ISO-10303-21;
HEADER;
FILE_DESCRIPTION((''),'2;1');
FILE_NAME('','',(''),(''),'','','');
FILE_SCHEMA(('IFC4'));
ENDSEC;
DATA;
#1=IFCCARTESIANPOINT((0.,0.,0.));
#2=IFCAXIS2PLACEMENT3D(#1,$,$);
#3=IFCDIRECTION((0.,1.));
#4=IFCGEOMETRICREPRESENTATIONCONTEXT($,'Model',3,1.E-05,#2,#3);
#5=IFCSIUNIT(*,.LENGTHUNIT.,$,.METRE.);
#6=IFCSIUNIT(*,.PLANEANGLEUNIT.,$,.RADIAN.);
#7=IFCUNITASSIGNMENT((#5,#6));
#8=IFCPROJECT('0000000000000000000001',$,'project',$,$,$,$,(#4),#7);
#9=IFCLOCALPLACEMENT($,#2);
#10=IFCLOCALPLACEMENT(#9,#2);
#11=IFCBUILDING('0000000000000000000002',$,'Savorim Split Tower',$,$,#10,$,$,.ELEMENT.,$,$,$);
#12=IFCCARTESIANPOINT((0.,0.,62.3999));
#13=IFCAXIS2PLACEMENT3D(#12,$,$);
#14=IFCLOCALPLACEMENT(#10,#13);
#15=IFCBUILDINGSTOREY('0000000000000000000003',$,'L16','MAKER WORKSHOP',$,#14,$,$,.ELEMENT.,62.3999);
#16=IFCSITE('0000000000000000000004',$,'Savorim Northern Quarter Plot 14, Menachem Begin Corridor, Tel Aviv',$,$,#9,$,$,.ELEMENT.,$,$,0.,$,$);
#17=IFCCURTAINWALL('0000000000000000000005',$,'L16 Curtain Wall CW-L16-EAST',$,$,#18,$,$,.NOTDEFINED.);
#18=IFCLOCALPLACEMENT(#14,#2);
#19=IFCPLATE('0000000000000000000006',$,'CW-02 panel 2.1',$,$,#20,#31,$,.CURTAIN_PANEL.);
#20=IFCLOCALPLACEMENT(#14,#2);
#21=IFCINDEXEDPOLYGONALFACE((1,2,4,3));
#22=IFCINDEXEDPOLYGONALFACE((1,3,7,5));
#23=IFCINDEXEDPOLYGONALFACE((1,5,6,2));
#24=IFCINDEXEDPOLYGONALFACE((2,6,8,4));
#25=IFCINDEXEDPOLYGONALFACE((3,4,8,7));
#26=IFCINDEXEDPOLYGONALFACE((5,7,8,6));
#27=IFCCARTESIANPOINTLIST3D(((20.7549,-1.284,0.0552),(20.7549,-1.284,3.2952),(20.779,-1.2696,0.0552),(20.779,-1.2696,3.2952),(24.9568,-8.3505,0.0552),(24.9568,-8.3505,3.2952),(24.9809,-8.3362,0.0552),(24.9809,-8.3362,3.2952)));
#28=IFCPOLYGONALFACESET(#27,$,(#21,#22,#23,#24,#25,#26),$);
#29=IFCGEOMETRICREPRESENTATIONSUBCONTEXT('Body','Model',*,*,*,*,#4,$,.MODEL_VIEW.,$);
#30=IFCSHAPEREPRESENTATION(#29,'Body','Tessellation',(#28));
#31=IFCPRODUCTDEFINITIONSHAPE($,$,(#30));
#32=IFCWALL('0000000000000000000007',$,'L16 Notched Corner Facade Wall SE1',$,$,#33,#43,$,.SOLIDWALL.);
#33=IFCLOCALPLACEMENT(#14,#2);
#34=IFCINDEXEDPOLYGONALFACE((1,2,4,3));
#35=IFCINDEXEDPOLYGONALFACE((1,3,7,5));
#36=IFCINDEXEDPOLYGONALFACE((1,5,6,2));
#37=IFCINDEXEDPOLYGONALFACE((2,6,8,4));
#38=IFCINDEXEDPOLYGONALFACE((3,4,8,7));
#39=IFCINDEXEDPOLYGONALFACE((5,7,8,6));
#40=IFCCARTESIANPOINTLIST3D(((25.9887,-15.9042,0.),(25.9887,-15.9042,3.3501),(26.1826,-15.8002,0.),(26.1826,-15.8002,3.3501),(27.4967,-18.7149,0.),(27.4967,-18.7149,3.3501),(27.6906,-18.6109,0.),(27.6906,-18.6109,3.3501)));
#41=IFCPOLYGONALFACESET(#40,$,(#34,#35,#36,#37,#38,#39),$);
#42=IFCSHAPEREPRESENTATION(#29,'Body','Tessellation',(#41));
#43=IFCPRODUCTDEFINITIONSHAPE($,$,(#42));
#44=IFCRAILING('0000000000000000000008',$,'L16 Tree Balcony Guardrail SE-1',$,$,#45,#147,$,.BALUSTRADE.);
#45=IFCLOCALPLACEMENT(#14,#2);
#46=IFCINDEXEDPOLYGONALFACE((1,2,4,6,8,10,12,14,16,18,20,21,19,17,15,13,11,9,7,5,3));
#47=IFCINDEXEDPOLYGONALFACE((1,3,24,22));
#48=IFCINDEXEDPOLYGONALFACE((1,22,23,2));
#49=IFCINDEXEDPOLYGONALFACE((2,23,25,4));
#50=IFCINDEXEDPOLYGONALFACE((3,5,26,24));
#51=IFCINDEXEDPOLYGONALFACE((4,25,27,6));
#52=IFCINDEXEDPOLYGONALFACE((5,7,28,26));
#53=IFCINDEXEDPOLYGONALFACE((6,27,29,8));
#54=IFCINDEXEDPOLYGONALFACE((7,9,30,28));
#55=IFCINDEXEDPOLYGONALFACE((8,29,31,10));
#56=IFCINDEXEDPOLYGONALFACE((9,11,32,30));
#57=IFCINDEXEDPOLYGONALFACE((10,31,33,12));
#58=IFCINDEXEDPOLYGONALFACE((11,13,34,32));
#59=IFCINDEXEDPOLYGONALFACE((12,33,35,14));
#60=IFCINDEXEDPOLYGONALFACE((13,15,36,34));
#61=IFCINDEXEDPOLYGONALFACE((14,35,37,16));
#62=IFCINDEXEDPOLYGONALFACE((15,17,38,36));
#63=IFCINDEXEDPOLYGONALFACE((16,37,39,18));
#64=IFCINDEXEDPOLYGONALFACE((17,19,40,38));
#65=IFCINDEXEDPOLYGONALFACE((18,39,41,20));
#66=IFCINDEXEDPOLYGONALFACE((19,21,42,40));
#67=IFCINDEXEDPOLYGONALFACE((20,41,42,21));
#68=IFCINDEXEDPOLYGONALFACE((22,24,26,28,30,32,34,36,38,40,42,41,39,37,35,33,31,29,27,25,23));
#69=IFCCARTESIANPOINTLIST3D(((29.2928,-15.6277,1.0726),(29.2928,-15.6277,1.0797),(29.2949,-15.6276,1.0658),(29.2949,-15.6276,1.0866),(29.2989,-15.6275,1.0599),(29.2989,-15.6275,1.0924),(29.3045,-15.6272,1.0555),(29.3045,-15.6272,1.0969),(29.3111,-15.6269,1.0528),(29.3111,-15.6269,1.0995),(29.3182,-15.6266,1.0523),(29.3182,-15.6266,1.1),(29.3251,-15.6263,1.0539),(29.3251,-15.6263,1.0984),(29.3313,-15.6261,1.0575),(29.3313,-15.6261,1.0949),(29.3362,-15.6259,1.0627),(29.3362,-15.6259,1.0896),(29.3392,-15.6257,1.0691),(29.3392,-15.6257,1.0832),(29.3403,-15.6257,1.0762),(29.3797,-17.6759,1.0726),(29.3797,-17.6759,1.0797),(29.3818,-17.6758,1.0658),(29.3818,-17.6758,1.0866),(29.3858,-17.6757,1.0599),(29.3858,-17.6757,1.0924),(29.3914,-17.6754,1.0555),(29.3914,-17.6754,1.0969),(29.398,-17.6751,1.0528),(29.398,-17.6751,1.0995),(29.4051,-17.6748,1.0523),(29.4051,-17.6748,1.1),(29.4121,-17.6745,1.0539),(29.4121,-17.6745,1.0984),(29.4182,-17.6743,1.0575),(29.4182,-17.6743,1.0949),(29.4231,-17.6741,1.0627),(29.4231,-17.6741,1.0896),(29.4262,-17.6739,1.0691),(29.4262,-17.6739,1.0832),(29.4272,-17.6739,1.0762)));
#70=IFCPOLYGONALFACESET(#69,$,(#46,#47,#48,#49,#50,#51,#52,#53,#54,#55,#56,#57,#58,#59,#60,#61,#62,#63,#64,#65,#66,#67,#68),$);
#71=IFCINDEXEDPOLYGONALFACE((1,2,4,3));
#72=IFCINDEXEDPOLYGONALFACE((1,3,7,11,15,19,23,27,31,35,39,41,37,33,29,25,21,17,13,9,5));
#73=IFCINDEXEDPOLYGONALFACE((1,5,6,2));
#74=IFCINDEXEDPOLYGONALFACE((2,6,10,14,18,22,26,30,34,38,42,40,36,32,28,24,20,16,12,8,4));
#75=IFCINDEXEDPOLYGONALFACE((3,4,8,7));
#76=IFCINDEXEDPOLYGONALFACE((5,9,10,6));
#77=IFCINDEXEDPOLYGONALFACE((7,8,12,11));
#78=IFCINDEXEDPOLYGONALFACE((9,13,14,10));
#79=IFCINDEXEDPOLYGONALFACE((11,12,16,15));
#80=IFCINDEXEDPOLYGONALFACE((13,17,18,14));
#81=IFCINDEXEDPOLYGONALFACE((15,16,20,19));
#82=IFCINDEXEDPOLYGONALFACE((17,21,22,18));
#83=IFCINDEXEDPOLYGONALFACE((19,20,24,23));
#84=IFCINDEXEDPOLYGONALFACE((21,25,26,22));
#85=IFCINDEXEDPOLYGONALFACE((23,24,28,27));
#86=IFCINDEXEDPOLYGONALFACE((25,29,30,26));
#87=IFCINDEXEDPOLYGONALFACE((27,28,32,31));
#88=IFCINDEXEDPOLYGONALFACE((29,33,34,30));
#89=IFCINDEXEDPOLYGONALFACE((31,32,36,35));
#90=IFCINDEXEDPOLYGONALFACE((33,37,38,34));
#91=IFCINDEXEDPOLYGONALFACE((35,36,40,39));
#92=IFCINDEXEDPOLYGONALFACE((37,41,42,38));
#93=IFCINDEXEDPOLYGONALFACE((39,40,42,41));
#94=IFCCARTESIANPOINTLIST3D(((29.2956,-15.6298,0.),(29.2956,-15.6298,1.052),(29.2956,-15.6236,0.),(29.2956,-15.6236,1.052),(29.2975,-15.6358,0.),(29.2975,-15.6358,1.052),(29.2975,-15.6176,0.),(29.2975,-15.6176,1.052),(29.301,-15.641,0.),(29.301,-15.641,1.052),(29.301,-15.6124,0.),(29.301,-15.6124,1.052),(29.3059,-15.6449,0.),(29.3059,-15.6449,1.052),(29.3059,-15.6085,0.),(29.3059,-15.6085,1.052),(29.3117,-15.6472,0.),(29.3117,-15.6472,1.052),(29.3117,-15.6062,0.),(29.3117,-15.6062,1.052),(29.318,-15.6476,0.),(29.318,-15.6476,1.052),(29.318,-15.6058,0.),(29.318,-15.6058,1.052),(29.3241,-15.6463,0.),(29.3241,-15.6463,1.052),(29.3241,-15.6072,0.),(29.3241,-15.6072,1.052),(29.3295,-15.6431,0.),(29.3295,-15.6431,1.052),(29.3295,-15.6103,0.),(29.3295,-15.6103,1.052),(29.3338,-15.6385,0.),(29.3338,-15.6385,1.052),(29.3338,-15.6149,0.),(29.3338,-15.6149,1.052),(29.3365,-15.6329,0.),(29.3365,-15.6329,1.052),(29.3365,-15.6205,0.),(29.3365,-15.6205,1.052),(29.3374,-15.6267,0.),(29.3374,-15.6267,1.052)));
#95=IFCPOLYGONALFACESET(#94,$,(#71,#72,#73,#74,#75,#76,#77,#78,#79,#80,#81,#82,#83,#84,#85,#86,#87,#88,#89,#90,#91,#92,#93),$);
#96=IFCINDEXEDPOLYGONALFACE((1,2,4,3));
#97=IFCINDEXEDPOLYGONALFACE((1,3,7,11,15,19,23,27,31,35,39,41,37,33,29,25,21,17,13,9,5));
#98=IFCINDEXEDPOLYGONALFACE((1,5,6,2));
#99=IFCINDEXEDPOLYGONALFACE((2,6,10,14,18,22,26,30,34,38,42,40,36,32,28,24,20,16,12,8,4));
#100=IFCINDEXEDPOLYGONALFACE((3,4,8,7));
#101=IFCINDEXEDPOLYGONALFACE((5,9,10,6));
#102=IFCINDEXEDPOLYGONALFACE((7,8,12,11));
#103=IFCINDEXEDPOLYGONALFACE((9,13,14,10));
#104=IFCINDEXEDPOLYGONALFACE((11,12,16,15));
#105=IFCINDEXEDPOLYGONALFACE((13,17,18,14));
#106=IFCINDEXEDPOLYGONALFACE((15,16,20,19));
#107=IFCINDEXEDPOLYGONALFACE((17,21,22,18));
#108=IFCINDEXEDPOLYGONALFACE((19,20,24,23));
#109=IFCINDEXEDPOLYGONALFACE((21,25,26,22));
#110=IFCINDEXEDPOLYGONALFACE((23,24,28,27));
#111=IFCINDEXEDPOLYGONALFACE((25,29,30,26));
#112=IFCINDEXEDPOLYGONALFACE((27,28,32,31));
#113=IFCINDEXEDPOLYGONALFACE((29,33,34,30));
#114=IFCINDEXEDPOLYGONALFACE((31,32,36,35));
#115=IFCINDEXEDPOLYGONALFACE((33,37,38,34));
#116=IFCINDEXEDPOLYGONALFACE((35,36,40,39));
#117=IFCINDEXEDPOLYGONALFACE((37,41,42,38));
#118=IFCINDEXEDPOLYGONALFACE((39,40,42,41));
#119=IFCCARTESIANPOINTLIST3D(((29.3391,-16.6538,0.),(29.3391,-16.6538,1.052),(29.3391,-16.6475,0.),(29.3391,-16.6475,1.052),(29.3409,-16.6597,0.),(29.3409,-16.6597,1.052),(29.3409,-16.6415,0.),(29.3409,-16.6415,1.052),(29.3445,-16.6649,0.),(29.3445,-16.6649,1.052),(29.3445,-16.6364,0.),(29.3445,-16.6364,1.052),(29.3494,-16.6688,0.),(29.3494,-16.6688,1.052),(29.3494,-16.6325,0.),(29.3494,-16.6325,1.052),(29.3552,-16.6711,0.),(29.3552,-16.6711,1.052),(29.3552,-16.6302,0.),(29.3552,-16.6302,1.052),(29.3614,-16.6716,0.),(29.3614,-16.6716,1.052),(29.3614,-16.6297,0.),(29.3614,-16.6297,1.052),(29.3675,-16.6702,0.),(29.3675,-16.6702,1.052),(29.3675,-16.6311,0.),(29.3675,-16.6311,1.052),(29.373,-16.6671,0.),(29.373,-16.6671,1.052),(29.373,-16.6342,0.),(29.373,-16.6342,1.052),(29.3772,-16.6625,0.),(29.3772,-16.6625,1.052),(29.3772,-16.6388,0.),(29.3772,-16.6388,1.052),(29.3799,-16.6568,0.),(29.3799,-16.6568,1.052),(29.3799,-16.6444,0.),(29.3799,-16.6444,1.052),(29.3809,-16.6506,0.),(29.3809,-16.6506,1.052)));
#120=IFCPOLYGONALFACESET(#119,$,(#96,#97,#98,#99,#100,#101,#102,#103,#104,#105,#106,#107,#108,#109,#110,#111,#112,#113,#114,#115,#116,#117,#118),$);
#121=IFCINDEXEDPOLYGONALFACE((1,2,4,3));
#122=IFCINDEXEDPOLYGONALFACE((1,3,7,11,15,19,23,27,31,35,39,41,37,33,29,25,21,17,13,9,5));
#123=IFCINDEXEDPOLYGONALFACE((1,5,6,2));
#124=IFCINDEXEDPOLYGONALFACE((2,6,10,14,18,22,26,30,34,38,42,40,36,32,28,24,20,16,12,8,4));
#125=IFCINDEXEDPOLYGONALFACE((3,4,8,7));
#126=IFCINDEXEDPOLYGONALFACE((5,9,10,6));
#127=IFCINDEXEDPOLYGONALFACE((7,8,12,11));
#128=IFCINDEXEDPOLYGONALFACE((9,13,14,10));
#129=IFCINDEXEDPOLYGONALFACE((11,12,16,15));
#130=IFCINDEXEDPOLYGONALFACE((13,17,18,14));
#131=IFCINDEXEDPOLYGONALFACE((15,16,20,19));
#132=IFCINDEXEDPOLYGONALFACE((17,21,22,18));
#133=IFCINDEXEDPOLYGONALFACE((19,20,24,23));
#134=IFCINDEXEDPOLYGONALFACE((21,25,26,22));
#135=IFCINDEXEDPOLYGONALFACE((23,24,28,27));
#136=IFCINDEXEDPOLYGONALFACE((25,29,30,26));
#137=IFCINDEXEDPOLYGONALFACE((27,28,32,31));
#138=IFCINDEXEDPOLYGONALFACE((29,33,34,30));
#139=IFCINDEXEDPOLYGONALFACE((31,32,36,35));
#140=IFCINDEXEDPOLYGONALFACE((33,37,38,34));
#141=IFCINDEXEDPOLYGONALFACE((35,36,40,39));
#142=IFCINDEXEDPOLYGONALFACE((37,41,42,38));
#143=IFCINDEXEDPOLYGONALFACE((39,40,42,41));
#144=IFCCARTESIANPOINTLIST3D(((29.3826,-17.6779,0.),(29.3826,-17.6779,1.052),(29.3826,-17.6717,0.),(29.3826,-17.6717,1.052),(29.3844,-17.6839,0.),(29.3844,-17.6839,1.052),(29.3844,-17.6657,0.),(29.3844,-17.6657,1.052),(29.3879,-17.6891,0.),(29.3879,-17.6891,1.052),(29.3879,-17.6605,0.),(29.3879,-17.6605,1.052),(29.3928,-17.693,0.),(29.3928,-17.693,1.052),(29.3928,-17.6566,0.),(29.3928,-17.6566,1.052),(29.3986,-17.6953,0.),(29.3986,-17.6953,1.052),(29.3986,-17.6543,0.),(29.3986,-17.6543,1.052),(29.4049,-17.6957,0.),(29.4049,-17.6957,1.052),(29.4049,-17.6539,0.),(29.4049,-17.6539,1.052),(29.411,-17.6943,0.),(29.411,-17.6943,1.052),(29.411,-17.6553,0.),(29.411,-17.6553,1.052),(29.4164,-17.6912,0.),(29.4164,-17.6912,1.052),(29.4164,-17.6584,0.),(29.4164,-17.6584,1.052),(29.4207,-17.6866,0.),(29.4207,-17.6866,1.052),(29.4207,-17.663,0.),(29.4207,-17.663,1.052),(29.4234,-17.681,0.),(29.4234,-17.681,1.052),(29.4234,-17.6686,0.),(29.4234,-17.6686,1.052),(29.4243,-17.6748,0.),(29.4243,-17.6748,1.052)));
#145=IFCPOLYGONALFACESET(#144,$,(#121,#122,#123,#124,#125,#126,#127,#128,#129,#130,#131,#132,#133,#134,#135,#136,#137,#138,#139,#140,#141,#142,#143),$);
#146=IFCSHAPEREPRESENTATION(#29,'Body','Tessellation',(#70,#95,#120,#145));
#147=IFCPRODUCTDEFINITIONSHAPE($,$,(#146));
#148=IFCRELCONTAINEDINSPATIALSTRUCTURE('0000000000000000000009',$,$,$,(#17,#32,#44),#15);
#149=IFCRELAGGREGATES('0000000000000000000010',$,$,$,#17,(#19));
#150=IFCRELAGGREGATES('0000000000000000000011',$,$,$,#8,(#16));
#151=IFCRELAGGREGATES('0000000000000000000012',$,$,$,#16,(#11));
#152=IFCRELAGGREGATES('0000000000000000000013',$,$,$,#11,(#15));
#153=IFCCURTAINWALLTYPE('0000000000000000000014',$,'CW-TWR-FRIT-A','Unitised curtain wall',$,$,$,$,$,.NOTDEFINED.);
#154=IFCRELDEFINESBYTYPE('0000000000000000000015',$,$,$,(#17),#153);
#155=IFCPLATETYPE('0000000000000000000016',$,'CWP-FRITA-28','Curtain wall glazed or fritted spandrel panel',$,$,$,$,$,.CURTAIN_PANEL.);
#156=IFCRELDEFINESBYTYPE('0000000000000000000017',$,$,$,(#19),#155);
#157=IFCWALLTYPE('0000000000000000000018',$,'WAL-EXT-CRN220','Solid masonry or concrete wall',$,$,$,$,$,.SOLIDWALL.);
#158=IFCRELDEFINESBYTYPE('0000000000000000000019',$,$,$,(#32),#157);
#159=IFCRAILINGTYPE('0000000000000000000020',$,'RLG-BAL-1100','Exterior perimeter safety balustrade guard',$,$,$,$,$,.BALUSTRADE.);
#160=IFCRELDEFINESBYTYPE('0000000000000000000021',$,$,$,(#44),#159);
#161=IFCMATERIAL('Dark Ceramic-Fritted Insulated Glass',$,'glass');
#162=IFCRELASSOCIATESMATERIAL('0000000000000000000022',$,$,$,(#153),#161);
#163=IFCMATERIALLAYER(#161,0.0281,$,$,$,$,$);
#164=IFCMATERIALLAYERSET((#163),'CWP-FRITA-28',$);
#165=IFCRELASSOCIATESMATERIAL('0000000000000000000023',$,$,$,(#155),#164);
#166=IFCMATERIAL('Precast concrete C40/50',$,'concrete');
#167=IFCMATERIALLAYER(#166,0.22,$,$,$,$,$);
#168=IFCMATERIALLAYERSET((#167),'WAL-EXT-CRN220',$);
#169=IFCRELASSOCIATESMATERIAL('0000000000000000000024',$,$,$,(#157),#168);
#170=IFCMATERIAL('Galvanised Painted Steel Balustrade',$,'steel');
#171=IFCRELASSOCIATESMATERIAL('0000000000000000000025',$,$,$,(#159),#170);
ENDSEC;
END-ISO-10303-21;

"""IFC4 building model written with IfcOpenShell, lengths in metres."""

from ifc_helpers import new_model, si_unit, direction, frame, frame_2d, origin, origin_2d, place, context, subcontext, project, spatial, rectangle, circle, extrude, material, layer, layer_set, type_object, element, aggregate, save


model = new_model("IFC4")

# Units and contexts
model_context = context("Model", 3, precision=1e-05, world=origin(), true_north=direction((0.0, 1.0)))
body_context = subcontext(model_context, "Body", "Model", "MODEL_VIEW")
ifc_project = project(units=[si_unit("LENGTHUNIT", "METRE"), si_unit("PLANEANGLEUNIT", "RADIAN")], contexts=[model_context])

# Site, building, storey
site_placement = place(None, origin())
site = spatial("IfcSite", under=ifc_project, at=site_placement, Name="Savorim Northern Quarter Plot 14, Menachem Begin Corridor, Tel Aviv", CompositionType="ELEMENT", RefElevation=0.0)
building_placement = place(site_placement, origin())
building = spatial("IfcBuilding", under=site, at=building_placement, Name="Savorim Split Tower", CompositionType="ELEMENT")
storey_placement = place(building_placement, frame((0.0, 0.0, 62.3999)))
storey = spatial("IfcBuildingStorey", under=building, at=storey_placement, Name="L16", Description="MAKER WORKSHOP", CompositionType="ELEMENT", Elevation=62.3999)

# Curtain wall, plate
ifc_material_1 = material(Name="Dark Ceramic-Fritted Insulated Glass", Category="glass")
curtain_wall_type = type_object("IfcCurtainWallType", Name="CW-TWR-FRIT-A", Description="Unitised curtain wall", PredefinedType="NOTDEFINED", material=ifc_material_1)
curtain_wall_placement = place(storey_placement, origin())
curtain_wall = element("IfcCurtainWall", 1, at=curtain_wall_placement, inside=storey, type_object=curtain_wall_type, Name="L16 Curtain Wall CW-L16-EAST", PredefinedType="NOTDEFINED")
ifc_layer_1 = layer(ifc_material_1, 0.0281)
ifc_layer_set_1 = layer_set([ifc_layer_1], Name="CWP-FRITA-28")
plate_type = type_object("IfcPlateType", Name="CWP-FRITA-28", Description="Curtain wall glazed or fritted spandrel panel", PredefinedType="CURTAIN_PANEL", material=ifc_layer_set_1)
plate_1_placement = place(storey_placement, frame((22.8679, -4.8101, 0.0552), z_axis=(0.0, 0.0, 1.0), x_axis=(-0.511092, 0.859526, 0.0)))
plate_1 = element("IfcPlate", 2, at=plate_1_placement, type_object=plate_type, Name="CW-02 panel 2.1", PredefinedType="CURTAIN_PANEL", context=body_context, shape_type="SweptSolid", body=[
    extrude(rectangle(XDim=8.2214, YDim=0.0281, at=origin_2d()), origin(), (0.0, 0.0, 1.0), 3.24),
])
aggregate(curtain_wall, [plate_1])

# Wall
ifc_material_2 = material(Name="Precast concrete C40/50", Category="concrete")
ifc_layer_2 = layer(ifc_material_2, 0.22)
ifc_layer_set_2 = layer_set([ifc_layer_2], Name="WAL-EXT-CRN220")
wall_type = type_object("IfcWallType", Name="WAL-EXT-CRN220", Description="Solid masonry or concrete wall", PredefinedType="SOLIDWALL", material=ifc_layer_set_2)
wall_1_placement = place(storey_placement, frame((26.0857, -15.8523, 0.0), z_axis=(0.0, 0.0, 1.0), x_axis=(0.472776, -0.881183, 0.0)))
element("IfcWall", 3, at=wall_1_placement, inside=storey, type_object=wall_type, Name="L16 Notched Corner Facade Wall SE1", PredefinedType="SOLIDWALL", context=body_context, shape_type="SweptSolid", body=[
    extrude(rectangle(XDim=3.1897, YDim=0.22, at=frame_2d((1.5947, 0.0))), origin(), (0.0, 0.0, 1.0), 3.3501),
])

# Railing
ifc_material_3 = material(Name="Galvanised Painted Steel Balustrade", Category="steel")
railing_type = type_object("IfcRailingType", Name="RLG-BAL-1100", Description="Exterior perimeter safety balustrade guard", PredefinedType="BALUSTRADE", material=ifc_material_3)
railing_1_placement = place(storey_placement, frame((29.3164, -15.6267, 0.0)))
element("IfcRailing", 4, at=railing_1_placement, inside=storey, type_object=railing_type, Name="L16 Tree Balcony Guardrail SE-1", PredefinedType="BALUSTRADE", context=body_context, shape_type="SweptSolid", body=[
    extrude(circle(Radius=0.0239, at=origin_2d()), frame((0.0, 0.0, 1.0762), z_axis=(0.042398, -0.999101, 0.0), x_axis=(0.999101, 0.042398, 0.0)), (0.0, 0.0, 1.0), 2.05),
    extrude(circle(Radius=0.021, at=origin_2d()), origin(), (0.0, 0.0, 1.0), 1.052),
    extrude(circle(Radius=0.021, at=origin_2d()), frame((0.0435, -1.0239, 0.0)), (0.0, 0.0, 1.0), 1.052),
    extrude(circle(Radius=0.021, at=origin_2d()), frame((0.0869, -2.0481, 0.0)), (0.0, 0.0, 1.0), 1.052),
])

save(model, "model.ifc")
